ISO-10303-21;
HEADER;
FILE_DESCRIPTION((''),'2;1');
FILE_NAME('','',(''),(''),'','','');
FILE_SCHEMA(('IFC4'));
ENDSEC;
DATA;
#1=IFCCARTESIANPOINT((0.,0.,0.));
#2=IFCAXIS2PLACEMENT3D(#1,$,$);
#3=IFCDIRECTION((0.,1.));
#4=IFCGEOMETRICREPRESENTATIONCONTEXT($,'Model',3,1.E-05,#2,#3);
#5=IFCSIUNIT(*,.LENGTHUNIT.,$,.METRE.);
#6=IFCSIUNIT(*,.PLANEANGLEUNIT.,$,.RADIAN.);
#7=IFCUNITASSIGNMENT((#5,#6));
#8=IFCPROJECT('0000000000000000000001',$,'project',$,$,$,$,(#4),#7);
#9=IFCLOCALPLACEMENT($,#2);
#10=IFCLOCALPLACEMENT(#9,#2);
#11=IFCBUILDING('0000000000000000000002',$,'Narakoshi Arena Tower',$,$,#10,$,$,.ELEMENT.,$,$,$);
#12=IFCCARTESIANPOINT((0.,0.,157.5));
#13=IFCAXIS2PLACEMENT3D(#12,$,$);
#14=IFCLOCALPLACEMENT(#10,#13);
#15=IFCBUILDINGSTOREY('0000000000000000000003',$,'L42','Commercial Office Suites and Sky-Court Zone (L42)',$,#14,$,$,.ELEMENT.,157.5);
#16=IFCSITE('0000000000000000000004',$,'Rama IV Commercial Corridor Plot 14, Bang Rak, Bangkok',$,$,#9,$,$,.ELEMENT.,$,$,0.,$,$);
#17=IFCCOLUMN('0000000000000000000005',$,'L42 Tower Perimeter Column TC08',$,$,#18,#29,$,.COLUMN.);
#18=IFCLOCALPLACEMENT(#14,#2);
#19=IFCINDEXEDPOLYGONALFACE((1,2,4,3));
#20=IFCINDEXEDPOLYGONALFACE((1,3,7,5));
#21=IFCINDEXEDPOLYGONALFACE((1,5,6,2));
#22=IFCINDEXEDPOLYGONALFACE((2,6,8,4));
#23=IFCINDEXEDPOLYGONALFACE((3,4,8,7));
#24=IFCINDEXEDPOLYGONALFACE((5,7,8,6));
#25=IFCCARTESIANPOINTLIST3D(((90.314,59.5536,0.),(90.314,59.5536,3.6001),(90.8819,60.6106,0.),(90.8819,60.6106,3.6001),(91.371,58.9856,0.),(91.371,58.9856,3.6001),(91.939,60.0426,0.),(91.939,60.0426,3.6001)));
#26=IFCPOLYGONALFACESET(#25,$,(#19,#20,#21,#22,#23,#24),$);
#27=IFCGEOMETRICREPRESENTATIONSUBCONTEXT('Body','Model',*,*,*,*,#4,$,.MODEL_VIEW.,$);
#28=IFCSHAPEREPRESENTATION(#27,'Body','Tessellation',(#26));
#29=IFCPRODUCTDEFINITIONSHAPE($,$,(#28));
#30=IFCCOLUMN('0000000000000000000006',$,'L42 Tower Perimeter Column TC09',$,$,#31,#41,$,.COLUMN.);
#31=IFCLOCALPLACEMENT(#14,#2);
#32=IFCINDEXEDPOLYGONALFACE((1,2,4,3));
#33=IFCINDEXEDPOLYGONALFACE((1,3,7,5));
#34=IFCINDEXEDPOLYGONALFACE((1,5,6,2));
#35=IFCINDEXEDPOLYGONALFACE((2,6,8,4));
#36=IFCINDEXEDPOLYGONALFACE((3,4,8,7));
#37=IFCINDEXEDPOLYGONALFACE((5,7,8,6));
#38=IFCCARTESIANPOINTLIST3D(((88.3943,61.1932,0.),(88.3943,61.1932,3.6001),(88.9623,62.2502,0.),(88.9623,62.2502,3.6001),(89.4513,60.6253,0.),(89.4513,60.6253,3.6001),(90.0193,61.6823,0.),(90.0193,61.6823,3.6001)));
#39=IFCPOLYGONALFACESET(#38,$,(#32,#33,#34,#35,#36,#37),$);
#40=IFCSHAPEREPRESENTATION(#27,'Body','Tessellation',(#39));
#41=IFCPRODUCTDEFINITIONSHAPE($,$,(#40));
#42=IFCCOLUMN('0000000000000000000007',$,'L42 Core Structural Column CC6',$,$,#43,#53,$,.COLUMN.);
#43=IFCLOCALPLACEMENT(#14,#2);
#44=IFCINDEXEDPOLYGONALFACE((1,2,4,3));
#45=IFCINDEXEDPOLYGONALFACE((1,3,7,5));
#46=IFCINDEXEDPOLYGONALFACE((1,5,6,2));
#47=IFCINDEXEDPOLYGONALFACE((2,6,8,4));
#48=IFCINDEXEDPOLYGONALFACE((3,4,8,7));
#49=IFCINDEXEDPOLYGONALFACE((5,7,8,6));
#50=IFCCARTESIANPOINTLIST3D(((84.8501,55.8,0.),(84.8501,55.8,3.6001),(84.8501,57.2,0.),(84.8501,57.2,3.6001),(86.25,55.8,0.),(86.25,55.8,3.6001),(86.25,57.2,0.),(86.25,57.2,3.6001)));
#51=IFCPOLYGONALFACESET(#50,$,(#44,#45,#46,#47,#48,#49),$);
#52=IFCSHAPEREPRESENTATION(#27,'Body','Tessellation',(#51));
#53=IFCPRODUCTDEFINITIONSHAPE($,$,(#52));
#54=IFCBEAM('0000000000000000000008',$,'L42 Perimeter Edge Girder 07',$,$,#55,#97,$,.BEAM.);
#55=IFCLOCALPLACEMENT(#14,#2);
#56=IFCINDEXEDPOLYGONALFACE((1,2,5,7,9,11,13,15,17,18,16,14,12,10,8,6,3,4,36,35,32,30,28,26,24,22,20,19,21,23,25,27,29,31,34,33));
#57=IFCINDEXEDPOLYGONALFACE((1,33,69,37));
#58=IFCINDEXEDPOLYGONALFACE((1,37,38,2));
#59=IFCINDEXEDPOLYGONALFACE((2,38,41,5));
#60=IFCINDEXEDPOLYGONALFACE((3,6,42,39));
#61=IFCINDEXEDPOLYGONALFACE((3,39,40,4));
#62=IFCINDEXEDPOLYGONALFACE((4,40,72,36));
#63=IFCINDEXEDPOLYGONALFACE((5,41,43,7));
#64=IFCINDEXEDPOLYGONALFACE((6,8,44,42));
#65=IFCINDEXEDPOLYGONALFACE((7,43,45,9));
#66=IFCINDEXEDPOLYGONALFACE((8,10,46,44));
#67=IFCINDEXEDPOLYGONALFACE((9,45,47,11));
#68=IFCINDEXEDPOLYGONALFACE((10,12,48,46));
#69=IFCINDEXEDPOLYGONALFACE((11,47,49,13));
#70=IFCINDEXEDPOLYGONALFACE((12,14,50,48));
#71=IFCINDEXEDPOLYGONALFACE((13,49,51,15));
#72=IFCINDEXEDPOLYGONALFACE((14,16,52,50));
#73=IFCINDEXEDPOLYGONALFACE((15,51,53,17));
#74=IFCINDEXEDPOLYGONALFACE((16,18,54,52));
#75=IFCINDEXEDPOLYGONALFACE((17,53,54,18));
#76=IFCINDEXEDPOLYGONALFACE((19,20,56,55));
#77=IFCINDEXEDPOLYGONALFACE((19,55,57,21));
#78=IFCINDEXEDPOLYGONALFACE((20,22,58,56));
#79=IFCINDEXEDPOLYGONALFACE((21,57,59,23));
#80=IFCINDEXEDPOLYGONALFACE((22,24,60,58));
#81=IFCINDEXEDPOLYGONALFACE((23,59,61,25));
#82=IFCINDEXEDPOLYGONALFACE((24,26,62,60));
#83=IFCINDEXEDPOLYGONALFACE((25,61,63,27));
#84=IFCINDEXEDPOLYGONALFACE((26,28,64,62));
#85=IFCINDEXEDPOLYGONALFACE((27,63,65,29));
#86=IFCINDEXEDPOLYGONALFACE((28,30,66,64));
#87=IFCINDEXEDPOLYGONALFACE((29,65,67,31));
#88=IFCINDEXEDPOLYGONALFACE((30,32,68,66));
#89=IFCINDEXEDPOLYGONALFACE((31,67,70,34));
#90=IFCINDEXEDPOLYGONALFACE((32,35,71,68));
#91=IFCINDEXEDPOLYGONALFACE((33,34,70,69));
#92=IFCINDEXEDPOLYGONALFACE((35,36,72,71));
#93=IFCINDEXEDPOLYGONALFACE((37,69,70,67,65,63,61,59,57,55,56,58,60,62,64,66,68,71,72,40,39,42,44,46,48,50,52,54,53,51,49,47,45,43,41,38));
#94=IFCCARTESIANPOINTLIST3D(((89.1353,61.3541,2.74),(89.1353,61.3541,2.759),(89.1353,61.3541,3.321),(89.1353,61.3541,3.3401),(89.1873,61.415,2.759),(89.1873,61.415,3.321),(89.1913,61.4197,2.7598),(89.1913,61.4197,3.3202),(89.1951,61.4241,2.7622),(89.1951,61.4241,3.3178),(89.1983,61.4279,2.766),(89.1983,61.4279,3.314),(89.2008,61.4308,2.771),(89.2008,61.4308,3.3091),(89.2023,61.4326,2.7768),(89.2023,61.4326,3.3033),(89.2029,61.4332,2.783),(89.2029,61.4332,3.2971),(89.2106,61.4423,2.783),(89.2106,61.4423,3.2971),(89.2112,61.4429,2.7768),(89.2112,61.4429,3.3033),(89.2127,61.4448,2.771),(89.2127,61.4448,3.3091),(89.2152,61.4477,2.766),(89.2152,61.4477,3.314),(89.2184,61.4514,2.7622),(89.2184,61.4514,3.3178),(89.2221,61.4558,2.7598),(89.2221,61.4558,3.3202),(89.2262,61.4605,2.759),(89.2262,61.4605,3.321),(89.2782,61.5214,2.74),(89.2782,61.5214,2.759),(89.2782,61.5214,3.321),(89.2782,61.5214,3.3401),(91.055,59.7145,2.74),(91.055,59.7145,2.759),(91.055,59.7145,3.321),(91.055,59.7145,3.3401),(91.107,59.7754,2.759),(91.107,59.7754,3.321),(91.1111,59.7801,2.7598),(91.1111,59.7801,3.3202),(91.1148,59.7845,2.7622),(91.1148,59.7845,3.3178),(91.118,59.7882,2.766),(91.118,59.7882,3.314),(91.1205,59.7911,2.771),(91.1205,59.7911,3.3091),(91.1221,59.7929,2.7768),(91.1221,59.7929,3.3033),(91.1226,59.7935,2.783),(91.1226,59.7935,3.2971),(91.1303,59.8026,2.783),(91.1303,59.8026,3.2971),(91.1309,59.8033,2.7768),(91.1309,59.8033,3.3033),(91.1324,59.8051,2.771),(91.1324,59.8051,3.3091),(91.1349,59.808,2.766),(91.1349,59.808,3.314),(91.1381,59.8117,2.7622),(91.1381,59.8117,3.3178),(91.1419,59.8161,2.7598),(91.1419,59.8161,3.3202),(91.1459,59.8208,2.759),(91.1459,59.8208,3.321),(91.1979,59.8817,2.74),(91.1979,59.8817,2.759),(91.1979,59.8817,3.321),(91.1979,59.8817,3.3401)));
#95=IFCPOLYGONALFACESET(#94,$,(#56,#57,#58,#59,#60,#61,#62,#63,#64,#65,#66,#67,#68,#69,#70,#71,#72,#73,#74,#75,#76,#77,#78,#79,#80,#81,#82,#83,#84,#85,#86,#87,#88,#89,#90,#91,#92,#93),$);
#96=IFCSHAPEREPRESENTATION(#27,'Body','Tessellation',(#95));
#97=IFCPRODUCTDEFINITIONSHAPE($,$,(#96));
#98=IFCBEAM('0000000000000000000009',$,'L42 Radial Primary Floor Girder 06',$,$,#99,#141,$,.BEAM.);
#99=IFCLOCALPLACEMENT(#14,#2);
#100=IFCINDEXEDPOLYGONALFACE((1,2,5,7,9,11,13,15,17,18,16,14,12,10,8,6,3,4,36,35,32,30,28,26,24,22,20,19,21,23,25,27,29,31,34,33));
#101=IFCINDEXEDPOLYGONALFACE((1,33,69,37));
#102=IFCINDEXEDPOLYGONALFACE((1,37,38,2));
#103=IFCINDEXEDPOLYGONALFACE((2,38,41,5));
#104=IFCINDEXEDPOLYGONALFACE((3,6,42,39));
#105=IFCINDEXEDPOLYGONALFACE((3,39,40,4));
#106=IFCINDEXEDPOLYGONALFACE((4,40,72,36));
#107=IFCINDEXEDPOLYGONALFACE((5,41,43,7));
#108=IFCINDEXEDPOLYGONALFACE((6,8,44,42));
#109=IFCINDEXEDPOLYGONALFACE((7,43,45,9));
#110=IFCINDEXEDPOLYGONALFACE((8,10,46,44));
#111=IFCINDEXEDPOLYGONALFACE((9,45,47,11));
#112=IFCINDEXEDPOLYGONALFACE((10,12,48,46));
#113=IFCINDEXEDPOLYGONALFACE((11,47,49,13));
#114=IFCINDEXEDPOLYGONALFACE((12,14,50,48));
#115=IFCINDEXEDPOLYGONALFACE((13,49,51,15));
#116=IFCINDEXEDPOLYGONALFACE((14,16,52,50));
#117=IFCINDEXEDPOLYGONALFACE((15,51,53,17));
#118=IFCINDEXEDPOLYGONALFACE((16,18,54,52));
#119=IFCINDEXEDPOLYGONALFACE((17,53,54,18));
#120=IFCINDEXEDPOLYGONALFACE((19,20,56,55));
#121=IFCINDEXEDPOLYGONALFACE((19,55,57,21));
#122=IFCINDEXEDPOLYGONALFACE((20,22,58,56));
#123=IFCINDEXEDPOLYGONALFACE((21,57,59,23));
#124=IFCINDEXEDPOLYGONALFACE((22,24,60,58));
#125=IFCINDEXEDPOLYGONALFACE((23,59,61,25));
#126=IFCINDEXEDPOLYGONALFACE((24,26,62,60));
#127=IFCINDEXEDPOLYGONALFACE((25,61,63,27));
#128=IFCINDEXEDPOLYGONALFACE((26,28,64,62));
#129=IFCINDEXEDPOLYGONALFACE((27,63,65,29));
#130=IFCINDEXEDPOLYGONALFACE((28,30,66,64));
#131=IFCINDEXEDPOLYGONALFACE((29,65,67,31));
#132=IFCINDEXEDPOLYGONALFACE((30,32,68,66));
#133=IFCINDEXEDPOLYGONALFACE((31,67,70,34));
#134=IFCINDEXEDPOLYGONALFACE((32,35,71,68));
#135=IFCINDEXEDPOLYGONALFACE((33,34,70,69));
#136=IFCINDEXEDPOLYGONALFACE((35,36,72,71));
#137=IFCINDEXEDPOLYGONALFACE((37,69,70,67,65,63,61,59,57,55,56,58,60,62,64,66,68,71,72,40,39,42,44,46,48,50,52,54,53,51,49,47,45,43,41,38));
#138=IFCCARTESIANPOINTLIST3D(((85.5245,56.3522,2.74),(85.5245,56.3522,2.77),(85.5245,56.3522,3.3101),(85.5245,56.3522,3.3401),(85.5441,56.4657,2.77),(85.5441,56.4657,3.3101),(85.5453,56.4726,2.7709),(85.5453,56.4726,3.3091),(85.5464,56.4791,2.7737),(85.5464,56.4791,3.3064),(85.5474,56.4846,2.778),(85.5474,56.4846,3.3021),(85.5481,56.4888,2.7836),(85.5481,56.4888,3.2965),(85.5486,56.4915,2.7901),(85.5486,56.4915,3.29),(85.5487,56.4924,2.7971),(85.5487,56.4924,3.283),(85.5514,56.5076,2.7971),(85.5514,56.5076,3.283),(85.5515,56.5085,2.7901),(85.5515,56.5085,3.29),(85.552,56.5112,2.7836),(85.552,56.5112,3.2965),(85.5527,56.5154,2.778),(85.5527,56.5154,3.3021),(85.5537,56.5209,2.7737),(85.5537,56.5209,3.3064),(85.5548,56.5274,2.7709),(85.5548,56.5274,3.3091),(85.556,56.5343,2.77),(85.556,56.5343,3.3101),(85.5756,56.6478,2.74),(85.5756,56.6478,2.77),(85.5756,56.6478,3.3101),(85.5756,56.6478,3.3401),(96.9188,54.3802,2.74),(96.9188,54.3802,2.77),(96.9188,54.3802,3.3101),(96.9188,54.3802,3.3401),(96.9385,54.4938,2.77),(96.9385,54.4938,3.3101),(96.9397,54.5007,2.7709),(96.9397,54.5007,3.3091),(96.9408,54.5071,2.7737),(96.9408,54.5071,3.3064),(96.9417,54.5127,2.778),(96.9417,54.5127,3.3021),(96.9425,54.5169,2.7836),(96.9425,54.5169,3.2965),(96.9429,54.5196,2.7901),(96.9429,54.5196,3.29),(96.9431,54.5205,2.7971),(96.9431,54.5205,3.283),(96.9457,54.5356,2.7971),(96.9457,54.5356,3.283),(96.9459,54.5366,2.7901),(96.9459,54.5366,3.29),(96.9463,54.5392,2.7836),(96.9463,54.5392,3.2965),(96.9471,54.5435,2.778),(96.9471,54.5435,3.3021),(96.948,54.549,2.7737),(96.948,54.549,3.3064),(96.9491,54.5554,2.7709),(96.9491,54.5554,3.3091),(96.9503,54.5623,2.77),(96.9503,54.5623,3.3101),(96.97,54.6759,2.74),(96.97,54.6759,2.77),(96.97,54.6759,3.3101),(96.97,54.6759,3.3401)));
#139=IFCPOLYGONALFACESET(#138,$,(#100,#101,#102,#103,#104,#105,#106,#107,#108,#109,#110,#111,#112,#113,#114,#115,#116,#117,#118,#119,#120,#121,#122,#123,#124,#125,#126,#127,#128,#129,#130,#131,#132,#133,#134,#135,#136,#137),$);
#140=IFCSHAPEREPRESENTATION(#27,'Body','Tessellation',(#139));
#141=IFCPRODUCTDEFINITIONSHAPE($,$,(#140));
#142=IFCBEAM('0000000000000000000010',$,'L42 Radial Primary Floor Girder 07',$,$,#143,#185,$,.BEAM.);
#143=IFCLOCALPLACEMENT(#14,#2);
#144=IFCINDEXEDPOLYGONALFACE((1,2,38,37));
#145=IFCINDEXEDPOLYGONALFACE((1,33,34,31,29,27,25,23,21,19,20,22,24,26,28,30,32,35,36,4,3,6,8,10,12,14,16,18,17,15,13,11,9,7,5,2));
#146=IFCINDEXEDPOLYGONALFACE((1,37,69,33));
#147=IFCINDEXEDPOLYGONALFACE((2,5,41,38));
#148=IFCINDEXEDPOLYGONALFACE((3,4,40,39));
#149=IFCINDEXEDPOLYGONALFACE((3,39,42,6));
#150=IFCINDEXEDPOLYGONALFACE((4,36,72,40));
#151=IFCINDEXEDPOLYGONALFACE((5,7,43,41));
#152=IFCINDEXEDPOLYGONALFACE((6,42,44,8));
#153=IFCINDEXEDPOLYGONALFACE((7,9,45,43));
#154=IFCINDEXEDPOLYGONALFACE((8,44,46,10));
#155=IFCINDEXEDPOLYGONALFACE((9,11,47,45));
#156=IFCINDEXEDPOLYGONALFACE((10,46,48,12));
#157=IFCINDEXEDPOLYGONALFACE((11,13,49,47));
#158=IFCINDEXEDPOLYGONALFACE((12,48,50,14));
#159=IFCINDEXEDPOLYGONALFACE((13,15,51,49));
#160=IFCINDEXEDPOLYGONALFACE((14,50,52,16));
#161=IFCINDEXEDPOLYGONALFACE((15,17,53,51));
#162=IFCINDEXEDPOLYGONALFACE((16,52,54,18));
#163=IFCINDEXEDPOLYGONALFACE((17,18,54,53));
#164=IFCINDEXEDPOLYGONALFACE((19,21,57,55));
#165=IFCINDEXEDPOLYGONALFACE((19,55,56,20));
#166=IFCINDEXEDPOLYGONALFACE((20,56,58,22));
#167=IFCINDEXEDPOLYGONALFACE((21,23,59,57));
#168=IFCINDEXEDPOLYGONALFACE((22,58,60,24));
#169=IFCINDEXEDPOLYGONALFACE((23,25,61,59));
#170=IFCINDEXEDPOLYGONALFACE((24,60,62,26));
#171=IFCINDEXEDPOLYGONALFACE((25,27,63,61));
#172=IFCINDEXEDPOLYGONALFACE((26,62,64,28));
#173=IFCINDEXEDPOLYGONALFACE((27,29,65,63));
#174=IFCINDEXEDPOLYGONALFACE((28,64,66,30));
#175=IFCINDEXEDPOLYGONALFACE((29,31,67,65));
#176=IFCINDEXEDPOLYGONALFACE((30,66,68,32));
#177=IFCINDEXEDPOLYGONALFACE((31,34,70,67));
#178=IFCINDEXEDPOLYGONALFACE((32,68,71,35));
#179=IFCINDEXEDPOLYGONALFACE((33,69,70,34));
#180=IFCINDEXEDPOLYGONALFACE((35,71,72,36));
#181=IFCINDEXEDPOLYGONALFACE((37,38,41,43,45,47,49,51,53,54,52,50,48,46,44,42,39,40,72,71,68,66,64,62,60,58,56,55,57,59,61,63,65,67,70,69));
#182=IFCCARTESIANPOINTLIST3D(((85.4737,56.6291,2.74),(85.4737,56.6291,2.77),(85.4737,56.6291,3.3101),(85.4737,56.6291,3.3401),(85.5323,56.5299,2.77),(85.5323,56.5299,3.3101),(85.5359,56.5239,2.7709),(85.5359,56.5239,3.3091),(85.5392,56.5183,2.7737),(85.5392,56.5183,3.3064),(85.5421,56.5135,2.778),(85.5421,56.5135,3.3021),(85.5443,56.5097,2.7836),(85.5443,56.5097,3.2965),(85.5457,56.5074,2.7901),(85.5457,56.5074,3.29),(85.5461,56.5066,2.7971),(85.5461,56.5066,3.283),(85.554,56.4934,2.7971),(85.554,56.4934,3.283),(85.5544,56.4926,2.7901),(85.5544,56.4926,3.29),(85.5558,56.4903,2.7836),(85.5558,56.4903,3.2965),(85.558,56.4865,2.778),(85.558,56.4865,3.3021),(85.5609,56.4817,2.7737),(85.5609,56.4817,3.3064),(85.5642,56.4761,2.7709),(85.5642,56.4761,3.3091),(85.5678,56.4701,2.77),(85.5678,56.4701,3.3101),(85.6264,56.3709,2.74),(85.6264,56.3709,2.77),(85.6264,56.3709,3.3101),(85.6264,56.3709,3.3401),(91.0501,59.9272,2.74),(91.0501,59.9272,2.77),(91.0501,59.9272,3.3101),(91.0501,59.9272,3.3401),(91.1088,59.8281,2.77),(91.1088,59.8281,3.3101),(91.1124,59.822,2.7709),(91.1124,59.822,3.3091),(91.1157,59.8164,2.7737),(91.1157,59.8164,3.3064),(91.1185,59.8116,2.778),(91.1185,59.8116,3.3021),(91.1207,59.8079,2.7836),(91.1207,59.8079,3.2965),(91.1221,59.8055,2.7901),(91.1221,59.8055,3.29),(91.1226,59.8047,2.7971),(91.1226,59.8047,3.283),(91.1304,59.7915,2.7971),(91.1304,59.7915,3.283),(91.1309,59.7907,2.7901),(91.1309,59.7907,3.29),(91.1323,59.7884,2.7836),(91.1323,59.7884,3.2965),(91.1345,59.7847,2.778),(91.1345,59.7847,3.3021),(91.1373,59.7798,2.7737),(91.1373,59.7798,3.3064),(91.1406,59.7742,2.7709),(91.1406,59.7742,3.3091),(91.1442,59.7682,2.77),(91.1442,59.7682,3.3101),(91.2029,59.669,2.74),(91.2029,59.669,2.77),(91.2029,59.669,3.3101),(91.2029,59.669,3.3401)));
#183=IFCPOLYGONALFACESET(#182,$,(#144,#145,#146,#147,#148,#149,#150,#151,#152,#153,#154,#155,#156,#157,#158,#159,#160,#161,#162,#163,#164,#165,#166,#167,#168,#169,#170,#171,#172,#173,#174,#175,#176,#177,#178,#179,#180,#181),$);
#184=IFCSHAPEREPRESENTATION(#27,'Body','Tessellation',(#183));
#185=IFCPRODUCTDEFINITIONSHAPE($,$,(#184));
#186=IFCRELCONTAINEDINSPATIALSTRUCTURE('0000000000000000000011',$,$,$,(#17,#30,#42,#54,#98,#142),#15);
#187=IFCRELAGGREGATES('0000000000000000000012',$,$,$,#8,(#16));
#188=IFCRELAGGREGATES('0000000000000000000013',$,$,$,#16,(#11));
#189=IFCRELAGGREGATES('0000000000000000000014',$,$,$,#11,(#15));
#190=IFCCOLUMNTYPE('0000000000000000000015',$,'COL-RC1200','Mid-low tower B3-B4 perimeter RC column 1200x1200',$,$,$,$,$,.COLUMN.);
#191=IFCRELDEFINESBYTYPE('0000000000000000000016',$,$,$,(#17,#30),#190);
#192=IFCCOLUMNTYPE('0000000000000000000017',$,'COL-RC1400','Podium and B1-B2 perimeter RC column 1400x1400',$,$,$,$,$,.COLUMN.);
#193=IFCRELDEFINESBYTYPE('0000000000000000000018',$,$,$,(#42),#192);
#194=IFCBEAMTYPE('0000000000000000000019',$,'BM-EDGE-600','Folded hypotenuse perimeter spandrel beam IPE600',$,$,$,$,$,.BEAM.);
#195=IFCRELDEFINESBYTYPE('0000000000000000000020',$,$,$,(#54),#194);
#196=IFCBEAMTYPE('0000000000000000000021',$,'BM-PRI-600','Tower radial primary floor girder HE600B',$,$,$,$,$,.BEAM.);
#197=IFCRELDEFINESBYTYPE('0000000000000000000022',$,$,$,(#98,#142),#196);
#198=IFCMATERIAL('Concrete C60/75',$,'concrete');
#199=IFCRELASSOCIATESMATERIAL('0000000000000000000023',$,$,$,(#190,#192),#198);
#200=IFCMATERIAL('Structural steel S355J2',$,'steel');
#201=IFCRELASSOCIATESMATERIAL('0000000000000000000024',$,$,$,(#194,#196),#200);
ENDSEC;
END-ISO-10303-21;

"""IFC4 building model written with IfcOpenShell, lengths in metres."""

from ifc_helpers import new_model, si_unit, direction, frame, origin, origin_2d, place, context, subcontext, project, spatial, rectangle, i_section, extrude, material, material_profile, profile_set, type_object, element, save


model = new_model("IFC4")

# Units and contexts
model_context = context("Model", 3, precision=1e-05, world=origin(), true_north=direction((0.0, 1.0)))
body_context = subcontext(model_context, "Body", "Model", "MODEL_VIEW")
ifc_project = project(units=[si_unit("LENGTHUNIT", "METRE"), si_unit("PLANEANGLEUNIT", "RADIAN")], contexts=[model_context])

# Site, building, storey
site_placement = place(None, origin())
site = spatial("IfcSite", under=ifc_project, at=site_placement, Name="Rama IV Commercial Corridor Plot 14, Bang Rak, Bangkok", CompositionType="ELEMENT", RefElevation=0.0)
building_placement = place(site_placement, origin())
building = spatial("IfcBuilding", under=site, at=building_placement, Name="Narakoshi Arena Tower", CompositionType="ELEMENT")
storey_placement = place(building_placement, frame((0.0, 0.0, 157.5)))
storey = spatial("IfcBuildingStorey", under=building, at=storey_placement, Name="L42", Description="Commercial Office Suites and Sky-Court Zone (L42)", CompositionType="ELEMENT", Elevation=157.5)

# Columns
ifc_material_1 = material(Name="Concrete C60/75", Category="concrete")
ifc_material_profile_1 = material_profile(ifc_material_1, rectangle(XDim=1.2, YDim=1.2, at=origin_2d()), Name="RC1200x1200")
ifc_profile_set_1 = profile_set([ifc_material_profile_1], Name="Concrete C60/75")
column_type_1 = type_object("IfcColumnType", Name="COL-RC1200", Description="Mid-low tower B3-B4 perimeter RC column 1200x1200", PredefinedType="COLUMN", material=ifc_profile_set_1)
for number, where, z_axis, x_axis, name in (
    (1, (91.1265, 59.7981, 0.0), (0.0, 0.0, 1.0), (0.47332, 0.880891, 0.0), "L42 Tower Perimeter Column TC08"),
    (2, (89.2068, 61.4377, 0.0), (0.0, 0.0, 1.0), (0.47332, 0.880891, 0.0), "L42 Tower Perimeter Column TC09"),
):
    element("IfcColumn", number, at=place(storey_placement, frame(where, z_axis=z_axis, x_axis=x_axis)), inside=storey, type_object=column_type_1, Name=name, PredefinedType="COLUMN", context=body_context, shape_type="SweptSolid", body=[
        extrude(rectangle(XDim=1.2, YDim=1.2, at=origin_2d()), origin(), (0.0, 0.0, 1.0), 3.6001),
    ])
ifc_material_profile_2 = material_profile(ifc_material_1, rectangle(XDim=1.3999, YDim=1.3999, at=origin_2d()), Name="RC1400x1400")
ifc_profile_set_2 = profile_set([ifc_material_profile_2], Name="Concrete C60/75")
column_type_2 = type_object("IfcColumnType", Name="COL-RC1400", Description="Podium and B1-B2 perimeter RC column 1400x1400", PredefinedType="COLUMN", material=ifc_profile_set_2)
column_placement = place(storey_placement, frame((85.55, 56.5, 0.0), z_axis=(0.0, 0.0, 1.0), x_axis=(1.0, 0.0, 0.0)))
element("IfcColumn", 3, at=column_placement, inside=storey, type_object=column_type_2, Name="L42 Core Structural Column CC6", PredefinedType="COLUMN", context=body_context, shape_type="SweptSolid", body=[
    extrude(rectangle(XDim=1.3999, YDim=1.3999, at=origin_2d()), origin(), (0.0, 0.0, 1.0), 3.6001),
])

# Beams
ifc_material_2 = material(Name="Structural steel S355J2", Category="steel")
ifc_material_profile_3 = material_profile(ifc_material_2, i_section(OverallWidth=0.22, OverallDepth=0.6001, WebThickness=0.012, FlangeThickness=0.019, FilletRadius=0.0239, at=origin_2d()), Name="IPE600")
ifc_profile_set_3 = profile_set([ifc_material_profile_3], Name="Structural steel S355J2")
beam_type_1 = type_object("IfcBeamType", Name="BM-EDGE-600", Description="Folded hypotenuse perimeter spandrel beam IPE600", PredefinedType="BEAM", material=ifc_profile_set_3)
beam_1_placement = place(storey_placement, frame((91.1265, 59.7981, 3.04), z_axis=(-0.760389, 0.649468, 0.0), x_axis=(-0.649468, -0.760389, 0.0)))
element("IfcBeam", 4, at=beam_1_placement, inside=storey, type_object=beam_type_1, Name="L42 Perimeter Edge Girder 07", PredefinedType="BEAM", context=body_context, shape_type="SweptSolid", body=[
    extrude(i_section(OverallWidth=0.22, OverallDepth=0.6001, WebThickness=0.012, FlangeThickness=0.019, FilletRadius=0.0239, at=origin_2d()), origin(), (0.0, 0.0, 1.0), 2.5247),
])
ifc_material_profile_4 = material_profile(ifc_material_2, i_section(OverallWidth=0.3, OverallDepth=0.6001, WebThickness=0.0154, FlangeThickness=0.03, FilletRadius=0.0271, at=origin_2d()), Name="HE600B")
ifc_profile_set_4 = profile_set([ifc_material_profile_4], Name="Structural steel S355J2")
beam_type_2 = type_object("IfcBeamType", Name="BM-PRI-600", Description="Tower radial primary floor girder HE600B", PredefinedType="BEAM", material=ifc_profile_set_4)
beam_2_placement = place(storey_placement, frame((85.55, 56.5, 3.04), z_axis=(0.985353, -0.170528, 0.0), x_axis=(0.170528, 0.985353, 0.0)))
element("IfcBeam", 5, at=beam_2_placement, inside=storey, type_object=beam_type_2, Name="L42 Radial Primary Floor Girder 06", PredefinedType="BEAM", context=body_context, shape_type="SweptSolid", body=[
    extrude(i_section(OverallWidth=0.3, OverallDepth=0.6001, WebThickness=0.0154, FlangeThickness=0.03, FilletRadius=0.0271, at=origin_2d()), origin(), (0.0, 0.0, 1.0), 11.5637),
])
beam_3_placement = place(storey_placement, frame((85.55, 56.5, 3.04), z_axis=(0.860728, 0.509066, 0.0), x_axis=(-0.509066, 0.860728, 0.0)))
element("IfcBeam", 6, at=beam_3_placement, inside=storey, type_object=beam_type_2, Name="L42 Radial Primary Floor Girder 07", PredefinedType="BEAM", context=body_context, shape_type="SweptSolid", body=[
    extrude(i_section(OverallWidth=0.3, OverallDepth=0.6001, WebThickness=0.0154, FlangeThickness=0.03, FilletRadius=0.0271, at=origin_2d()), origin(), (0.0, 0.0, 1.0), 6.4788),
])

save(model, "model.ifc")
